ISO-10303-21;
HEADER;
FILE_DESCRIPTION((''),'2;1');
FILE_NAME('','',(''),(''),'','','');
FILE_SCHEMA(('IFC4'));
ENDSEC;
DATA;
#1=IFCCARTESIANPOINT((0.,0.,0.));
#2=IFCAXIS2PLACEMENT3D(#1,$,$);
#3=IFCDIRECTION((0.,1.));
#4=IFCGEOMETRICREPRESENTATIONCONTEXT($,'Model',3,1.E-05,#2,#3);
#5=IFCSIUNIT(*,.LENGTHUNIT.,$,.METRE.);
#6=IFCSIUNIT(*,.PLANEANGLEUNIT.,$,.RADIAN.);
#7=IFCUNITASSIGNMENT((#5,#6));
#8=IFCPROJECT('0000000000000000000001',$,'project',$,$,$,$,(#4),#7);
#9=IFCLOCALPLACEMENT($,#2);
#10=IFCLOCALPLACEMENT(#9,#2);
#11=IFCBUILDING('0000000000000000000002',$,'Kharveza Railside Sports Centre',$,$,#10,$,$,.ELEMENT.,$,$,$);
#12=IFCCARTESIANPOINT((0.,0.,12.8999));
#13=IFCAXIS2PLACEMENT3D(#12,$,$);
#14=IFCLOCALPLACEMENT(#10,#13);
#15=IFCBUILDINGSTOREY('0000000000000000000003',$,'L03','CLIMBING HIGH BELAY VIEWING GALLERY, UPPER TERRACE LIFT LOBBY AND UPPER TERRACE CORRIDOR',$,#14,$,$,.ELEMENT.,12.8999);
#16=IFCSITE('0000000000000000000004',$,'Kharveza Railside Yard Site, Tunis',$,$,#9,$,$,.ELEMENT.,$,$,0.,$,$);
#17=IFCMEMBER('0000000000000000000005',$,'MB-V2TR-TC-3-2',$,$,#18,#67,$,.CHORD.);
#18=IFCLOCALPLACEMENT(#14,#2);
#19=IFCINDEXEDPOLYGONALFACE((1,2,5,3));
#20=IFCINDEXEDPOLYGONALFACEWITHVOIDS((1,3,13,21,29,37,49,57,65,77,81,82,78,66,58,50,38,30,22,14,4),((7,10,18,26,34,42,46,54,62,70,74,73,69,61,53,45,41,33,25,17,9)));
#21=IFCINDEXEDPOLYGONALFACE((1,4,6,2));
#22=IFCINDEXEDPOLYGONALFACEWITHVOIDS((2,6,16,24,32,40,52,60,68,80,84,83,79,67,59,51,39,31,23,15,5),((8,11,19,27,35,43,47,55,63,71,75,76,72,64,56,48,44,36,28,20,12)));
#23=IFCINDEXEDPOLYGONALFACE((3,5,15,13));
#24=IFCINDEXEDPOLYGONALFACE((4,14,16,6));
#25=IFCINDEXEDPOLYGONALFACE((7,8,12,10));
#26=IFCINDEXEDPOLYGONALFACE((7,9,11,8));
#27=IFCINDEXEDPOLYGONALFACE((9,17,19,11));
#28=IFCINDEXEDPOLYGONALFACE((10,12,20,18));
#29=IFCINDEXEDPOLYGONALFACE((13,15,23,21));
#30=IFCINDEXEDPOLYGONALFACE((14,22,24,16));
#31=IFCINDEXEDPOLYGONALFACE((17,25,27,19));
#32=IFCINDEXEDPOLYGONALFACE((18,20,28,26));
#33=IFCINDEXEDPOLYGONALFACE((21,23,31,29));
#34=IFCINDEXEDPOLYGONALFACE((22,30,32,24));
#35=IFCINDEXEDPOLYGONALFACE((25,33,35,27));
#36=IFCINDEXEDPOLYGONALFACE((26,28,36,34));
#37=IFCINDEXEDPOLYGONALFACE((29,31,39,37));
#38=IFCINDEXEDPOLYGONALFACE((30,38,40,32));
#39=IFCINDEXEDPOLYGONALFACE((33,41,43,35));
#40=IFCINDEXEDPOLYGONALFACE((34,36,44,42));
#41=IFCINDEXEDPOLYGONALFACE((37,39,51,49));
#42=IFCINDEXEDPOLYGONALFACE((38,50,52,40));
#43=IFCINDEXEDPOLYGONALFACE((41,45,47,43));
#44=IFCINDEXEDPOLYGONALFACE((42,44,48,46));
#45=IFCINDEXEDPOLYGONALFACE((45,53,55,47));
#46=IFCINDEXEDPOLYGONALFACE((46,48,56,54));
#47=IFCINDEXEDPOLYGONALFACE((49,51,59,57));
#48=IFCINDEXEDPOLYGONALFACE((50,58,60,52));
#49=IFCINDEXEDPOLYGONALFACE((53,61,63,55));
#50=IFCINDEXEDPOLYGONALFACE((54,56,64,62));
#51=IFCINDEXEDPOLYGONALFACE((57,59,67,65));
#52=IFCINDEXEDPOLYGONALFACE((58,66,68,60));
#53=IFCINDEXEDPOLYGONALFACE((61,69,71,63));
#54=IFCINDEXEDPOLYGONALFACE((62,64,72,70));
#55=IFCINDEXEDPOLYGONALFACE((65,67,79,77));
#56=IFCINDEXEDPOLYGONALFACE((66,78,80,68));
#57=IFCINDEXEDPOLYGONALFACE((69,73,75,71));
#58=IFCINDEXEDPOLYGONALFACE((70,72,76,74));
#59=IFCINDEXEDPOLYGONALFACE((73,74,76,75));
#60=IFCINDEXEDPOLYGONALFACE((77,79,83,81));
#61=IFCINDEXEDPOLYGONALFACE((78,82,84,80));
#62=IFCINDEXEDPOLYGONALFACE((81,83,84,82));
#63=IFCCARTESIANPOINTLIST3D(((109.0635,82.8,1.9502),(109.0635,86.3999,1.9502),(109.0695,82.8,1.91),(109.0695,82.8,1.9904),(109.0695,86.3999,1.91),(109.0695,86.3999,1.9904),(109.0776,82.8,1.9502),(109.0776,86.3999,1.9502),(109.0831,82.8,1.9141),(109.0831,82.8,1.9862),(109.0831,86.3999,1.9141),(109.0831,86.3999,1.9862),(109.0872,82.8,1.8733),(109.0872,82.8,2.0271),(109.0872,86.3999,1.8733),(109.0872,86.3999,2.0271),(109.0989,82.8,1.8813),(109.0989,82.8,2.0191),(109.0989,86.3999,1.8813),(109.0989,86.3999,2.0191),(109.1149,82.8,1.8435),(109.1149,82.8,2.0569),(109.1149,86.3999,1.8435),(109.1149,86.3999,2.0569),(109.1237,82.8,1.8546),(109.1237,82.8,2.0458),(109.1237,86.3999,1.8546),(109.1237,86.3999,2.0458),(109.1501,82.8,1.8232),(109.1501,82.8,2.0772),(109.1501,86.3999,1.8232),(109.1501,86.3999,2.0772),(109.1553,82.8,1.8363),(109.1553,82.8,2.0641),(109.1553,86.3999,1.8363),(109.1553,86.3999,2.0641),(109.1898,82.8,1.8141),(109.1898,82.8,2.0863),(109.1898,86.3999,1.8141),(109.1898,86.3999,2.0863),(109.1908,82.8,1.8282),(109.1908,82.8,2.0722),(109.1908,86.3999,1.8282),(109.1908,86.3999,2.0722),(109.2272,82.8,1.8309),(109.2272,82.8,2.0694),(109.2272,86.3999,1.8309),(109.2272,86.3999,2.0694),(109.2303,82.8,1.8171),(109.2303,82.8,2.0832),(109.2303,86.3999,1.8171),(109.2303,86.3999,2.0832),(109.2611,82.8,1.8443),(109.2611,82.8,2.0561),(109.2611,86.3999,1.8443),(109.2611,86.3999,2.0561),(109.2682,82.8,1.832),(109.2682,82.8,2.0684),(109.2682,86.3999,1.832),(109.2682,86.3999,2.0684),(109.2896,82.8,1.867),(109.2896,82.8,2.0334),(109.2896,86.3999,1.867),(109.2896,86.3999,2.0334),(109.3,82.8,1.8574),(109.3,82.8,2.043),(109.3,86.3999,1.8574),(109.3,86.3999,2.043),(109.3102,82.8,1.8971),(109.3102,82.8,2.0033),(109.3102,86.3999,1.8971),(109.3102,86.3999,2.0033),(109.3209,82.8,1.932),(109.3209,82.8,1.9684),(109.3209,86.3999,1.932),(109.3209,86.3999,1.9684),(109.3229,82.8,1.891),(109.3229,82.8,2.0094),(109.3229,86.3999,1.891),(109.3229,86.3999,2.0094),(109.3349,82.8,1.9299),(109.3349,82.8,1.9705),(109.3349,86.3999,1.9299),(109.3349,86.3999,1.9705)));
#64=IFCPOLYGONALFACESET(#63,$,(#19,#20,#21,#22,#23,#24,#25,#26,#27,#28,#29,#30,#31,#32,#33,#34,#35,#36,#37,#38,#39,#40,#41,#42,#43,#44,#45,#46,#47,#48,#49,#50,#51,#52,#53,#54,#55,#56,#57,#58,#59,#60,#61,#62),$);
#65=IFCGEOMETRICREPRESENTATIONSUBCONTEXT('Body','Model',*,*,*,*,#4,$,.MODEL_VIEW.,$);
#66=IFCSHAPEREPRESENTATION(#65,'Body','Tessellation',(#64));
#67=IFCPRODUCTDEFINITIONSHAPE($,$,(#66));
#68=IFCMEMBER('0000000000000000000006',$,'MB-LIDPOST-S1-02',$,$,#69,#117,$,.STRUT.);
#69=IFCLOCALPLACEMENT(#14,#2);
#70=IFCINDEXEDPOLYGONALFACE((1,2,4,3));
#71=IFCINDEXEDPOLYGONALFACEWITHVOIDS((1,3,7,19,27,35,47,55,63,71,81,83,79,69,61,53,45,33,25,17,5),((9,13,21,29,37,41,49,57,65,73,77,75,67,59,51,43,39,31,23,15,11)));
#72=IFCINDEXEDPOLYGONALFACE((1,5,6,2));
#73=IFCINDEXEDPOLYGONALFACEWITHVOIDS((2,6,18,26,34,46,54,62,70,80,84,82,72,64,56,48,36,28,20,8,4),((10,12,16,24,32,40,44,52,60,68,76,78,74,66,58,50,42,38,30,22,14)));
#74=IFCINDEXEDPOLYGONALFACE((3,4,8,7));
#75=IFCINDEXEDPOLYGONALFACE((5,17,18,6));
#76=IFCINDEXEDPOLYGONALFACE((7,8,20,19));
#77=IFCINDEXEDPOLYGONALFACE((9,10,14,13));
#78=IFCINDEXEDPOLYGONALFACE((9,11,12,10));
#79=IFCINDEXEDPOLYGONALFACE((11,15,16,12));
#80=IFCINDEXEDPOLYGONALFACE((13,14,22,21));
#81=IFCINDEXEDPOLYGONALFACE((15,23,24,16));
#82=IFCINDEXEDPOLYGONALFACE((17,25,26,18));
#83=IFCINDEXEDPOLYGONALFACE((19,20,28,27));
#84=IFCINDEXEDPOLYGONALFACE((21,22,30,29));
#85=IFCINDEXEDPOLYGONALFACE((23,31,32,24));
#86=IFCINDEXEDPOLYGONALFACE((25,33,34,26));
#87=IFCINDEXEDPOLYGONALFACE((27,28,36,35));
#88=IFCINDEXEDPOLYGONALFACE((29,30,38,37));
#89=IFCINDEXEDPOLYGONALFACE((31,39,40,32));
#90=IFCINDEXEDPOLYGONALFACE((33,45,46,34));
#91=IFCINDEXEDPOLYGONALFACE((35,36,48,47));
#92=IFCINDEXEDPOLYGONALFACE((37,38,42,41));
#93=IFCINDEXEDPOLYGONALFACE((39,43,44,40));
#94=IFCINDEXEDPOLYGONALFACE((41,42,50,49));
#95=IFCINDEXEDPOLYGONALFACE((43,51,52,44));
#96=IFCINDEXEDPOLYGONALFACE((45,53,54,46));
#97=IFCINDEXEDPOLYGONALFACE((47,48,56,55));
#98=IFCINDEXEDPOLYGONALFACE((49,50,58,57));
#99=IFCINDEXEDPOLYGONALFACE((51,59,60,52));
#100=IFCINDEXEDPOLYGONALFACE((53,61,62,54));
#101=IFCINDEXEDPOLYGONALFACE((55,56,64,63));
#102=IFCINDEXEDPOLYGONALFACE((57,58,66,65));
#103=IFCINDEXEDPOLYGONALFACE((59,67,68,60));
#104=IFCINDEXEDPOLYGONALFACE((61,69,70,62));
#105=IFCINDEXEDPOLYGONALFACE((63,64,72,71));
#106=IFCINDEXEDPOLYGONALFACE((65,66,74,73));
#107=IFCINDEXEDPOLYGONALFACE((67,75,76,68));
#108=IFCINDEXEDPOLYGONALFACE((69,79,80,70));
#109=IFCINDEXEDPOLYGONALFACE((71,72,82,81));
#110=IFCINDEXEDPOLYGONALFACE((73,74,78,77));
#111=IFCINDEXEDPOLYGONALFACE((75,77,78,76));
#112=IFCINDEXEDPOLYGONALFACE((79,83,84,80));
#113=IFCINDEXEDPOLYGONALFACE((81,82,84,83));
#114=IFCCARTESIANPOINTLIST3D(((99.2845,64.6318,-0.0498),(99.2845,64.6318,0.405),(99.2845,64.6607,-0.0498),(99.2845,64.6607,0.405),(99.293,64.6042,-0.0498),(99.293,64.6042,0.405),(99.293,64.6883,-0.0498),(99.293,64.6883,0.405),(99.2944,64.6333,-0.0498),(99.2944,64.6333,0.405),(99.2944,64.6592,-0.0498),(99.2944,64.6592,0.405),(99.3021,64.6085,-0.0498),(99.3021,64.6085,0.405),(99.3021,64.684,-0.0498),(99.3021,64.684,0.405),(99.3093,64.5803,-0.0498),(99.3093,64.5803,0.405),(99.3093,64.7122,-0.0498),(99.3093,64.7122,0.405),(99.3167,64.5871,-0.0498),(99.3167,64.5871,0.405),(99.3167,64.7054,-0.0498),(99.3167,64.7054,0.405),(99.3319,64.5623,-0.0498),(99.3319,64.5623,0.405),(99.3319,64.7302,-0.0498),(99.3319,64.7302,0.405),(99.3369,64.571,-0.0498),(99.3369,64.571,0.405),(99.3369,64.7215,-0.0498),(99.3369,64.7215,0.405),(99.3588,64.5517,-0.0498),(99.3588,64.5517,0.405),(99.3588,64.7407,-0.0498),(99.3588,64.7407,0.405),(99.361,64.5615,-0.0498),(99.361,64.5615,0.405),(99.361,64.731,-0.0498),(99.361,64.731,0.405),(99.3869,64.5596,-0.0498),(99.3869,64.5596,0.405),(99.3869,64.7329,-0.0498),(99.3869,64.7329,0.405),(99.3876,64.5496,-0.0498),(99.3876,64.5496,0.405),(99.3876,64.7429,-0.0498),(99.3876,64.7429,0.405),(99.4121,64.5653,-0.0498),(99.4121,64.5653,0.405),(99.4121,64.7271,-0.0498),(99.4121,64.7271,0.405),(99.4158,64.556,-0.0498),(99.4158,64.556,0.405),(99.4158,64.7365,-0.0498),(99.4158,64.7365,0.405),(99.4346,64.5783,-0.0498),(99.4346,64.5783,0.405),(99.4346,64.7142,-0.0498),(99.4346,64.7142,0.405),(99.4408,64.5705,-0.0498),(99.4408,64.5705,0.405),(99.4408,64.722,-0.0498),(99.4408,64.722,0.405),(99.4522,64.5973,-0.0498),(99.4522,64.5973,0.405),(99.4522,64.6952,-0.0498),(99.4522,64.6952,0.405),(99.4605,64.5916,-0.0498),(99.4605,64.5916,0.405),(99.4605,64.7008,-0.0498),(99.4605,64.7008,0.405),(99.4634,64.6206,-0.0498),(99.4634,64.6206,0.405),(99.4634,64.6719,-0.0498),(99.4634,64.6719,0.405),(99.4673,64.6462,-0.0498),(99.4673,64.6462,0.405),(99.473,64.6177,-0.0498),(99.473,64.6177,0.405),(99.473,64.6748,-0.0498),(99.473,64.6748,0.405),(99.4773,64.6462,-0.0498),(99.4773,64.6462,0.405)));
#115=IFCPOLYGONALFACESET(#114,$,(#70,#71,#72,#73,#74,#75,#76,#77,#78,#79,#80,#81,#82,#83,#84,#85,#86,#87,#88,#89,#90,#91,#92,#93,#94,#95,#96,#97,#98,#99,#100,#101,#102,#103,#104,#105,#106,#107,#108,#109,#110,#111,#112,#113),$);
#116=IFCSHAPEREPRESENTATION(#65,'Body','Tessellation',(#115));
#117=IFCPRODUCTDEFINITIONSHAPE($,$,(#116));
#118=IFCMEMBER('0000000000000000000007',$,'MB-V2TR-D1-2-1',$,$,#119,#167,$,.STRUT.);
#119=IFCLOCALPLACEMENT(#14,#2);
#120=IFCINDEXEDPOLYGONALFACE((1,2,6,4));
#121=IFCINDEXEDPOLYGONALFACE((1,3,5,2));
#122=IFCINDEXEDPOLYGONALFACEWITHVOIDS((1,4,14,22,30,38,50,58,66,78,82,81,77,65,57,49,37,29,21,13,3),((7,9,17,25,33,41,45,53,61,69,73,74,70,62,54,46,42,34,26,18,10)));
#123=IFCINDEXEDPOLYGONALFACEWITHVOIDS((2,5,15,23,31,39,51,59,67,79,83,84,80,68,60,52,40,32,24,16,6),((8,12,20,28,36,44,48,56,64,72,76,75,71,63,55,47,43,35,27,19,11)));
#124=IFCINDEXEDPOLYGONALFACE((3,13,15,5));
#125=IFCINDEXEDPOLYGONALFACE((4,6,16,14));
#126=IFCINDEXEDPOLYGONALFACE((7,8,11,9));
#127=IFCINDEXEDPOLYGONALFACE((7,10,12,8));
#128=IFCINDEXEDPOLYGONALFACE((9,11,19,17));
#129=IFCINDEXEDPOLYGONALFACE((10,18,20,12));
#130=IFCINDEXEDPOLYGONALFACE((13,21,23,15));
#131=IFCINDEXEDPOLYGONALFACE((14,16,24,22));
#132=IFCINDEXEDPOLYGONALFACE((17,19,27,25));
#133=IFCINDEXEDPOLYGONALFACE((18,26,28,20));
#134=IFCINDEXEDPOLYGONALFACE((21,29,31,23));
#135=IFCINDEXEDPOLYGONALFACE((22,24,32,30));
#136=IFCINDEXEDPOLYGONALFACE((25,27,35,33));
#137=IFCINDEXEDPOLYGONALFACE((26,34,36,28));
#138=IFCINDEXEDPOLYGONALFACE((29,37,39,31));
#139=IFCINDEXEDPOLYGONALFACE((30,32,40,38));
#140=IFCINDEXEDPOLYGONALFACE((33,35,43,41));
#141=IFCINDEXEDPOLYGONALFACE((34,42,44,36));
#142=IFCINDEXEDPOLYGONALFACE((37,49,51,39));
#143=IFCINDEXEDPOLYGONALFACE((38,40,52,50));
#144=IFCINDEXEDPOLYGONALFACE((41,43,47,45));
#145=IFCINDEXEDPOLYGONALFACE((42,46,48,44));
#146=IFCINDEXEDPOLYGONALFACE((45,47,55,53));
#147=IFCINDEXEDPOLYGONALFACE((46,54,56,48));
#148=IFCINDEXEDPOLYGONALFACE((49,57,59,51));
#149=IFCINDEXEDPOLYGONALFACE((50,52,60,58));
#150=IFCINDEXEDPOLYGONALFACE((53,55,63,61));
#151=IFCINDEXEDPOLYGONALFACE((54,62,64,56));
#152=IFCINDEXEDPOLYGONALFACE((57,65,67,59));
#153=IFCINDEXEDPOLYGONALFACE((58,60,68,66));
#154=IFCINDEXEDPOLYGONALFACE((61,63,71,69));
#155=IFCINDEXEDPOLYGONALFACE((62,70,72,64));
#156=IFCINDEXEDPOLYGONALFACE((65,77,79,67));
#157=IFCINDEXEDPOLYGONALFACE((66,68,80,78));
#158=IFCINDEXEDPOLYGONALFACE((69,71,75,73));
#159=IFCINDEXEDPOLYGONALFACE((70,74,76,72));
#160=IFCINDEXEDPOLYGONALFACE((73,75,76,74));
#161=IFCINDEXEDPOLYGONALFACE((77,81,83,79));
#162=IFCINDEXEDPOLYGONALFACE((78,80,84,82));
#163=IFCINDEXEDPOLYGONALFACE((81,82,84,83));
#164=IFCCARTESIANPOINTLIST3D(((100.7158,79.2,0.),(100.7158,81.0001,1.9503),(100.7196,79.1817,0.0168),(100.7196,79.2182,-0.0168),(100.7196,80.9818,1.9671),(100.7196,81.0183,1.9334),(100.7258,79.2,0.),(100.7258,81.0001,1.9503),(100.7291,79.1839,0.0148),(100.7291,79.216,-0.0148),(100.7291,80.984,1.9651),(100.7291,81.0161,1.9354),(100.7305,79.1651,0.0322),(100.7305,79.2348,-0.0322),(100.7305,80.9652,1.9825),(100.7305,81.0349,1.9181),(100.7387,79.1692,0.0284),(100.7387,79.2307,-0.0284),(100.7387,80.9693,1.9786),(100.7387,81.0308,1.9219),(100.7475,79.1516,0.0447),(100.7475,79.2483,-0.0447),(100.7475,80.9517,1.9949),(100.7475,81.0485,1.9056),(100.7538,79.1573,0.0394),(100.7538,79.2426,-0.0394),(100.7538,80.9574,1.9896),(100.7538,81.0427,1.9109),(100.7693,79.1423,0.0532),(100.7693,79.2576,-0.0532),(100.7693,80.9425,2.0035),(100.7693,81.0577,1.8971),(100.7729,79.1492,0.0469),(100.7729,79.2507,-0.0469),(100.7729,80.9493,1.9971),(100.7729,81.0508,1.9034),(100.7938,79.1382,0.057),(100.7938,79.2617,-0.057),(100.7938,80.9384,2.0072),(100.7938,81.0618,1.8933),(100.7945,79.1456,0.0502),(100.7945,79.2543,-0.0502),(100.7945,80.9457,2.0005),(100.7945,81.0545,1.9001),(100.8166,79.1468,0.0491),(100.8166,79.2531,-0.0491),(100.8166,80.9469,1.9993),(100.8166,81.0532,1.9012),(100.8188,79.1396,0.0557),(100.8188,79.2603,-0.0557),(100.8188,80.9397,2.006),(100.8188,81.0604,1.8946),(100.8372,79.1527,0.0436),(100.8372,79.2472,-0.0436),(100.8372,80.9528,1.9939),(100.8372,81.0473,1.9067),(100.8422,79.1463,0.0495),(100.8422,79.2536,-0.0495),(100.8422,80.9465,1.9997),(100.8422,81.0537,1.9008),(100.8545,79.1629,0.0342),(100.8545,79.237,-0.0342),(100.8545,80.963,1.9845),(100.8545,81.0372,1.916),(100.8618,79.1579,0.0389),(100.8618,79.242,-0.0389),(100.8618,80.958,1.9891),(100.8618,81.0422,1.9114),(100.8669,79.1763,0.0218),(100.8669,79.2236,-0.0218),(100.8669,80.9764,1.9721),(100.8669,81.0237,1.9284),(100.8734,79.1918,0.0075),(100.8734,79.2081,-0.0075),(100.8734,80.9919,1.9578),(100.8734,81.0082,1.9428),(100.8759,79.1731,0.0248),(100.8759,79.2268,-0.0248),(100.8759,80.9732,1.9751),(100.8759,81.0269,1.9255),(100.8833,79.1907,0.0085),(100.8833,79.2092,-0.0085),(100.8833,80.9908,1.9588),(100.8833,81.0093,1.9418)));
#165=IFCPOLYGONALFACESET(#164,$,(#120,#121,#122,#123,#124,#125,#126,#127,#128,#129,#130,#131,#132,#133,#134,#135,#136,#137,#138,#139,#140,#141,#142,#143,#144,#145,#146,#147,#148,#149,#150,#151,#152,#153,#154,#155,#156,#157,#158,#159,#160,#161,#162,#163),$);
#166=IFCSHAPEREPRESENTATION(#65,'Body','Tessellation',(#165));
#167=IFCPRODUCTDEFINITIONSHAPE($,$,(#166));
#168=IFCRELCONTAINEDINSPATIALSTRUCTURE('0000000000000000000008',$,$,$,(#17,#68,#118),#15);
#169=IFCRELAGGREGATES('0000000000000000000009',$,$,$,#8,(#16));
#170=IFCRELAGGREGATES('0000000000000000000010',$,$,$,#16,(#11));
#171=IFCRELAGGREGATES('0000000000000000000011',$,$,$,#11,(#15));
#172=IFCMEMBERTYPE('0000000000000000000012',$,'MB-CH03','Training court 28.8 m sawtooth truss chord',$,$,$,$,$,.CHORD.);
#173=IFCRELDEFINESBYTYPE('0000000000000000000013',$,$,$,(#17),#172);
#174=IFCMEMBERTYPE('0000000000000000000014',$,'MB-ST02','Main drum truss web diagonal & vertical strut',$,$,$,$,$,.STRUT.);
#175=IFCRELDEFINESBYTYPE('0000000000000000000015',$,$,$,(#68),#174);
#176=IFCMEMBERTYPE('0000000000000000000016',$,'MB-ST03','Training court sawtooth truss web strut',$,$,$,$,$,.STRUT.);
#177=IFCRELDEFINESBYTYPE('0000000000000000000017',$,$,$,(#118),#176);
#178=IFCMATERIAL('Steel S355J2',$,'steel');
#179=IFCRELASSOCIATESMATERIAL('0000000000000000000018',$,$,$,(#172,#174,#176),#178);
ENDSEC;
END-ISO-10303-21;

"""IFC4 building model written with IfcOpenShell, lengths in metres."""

from ifc_helpers import new_model, si_unit, direction, frame, origin, origin_2d, place, context, subcontext, project, spatial, hollow_circle, extrude, material, material_profile, profile_set, type_object, element, save


model = new_model("IFC4")

# Units and contexts
model_context = context("Model", 3, precision=1e-05, world=origin(), true_north=direction((0.0, 1.0)))
body_context = subcontext(model_context, "Body", "Model", "MODEL_VIEW")
ifc_project = project(units=[si_unit("LENGTHUNIT", "METRE"), si_unit("PLANEANGLEUNIT", "RADIAN")], contexts=[model_context])

# Site, building, storey
site_placement = place(None, origin())
site = spatial("IfcSite", under=ifc_project, at=site_placement, Name="Kharveza Railside Yard Site, Tunis", CompositionType="ELEMENT", RefElevation=0.0)
building_placement = place(site_placement, origin())
building = spatial("IfcBuilding", under=site, at=building_placement, Name="Kharveza Railside Sports Centre", CompositionType="ELEMENT")
storey_placement = place(building_placement, frame((0.0, 0.0, 12.8999)))
storey = spatial("IfcBuildingStorey", under=building, at=storey_placement, Name="L03", Description="CLIMBING HIGH BELAY VIEWING GALLERY, UPPER TERRACE LIFT LOBBY AND UPPER TERRACE CORRIDOR", CompositionType="ELEMENT", Elevation=12.8999)

# Shared definitions
ifc_material_1 = material(Name="Steel S355J2", Category="steel")

# Members
ifc_material_profile_1 = material_profile(ifc_material_1, hollow_circle(Radius=0.1365, WallThickness=0.0142, at=origin_2d()), Name="CHS 273.0x14.2")
ifc_profile_set_1 = profile_set([ifc_material_profile_1], Name="Steel S355J2")
member_type_1 = type_object("IfcMemberType", Name="MB-CH03", Description="Training court 28.8 m sawtooth truss chord", PredefinedType="CHORD", material=ifc_profile_set_1)
for number, where, z_axis, x_axis, name in (
    (1, (109.2, 82.8, 1.9502), (0.0, 1.0, 0.0), (-1.0, 0.0, 0.0), "MB-V2TR-TC-3-2"),
):
    element("IfcMember", number, at=place(storey_placement, frame(where, z_axis=z_axis, x_axis=x_axis)), inside=storey, type_object=member_type_1, Name=name, PredefinedType="CHORD", context=body_context, shape_type="SweptSolid", body=[
        extrude(hollow_circle(Radius=0.1365, WallThickness=0.0142, at=origin_2d()), origin(), (0.0, 0.0, 1.0), 3.5999),
    ])
ifc_material_profile_2 = material_profile(ifc_material_1, hollow_circle(Radius=0.0969, WallThickness=0.01, at=origin_2d()), Name="CHS 193.7x10.0")
ifc_profile_set_2 = profile_set([ifc_material_profile_2], Name="Steel S355J2")
member_type_2 = type_object("IfcMemberType", Name="MB-ST02", Description="Main drum truss web diagonal & vertical strut", PredefinedType="STRUT", material=ifc_profile_set_2)
member_1_placement = place(storey_placement, frame((99.3804, 64.6462, -0.0498), z_axis=(0.0, 0.0, 1.0), x_axis=(1.0, 0.0, 0.0)))
element("IfcMember", 2, at=member_1_placement, inside=storey, type_object=member_type_2, Name="MB-LIDPOST-S1-02", PredefinedType="STRUT", context=body_context, shape_type="SweptSolid", body=[
    extrude(hollow_circle(Radius=0.0969, WallThickness=0.01, at=origin_2d()), origin(), (0.0, 0.0, 1.0), 0.4548),
])
ifc_material_profile_3 = material_profile(ifc_material_1, hollow_circle(Radius=0.0842, WallThickness=0.01, at=origin_2d()), Name="CHS 168.3x10.0")
ifc_profile_set_3 = profile_set([ifc_material_profile_3], Name="Steel S355J2")
member_type_3 = type_object("IfcMemberType", Name="MB-ST03", Description="Training court sawtooth truss web strut", PredefinedType="STRUT", material=ifc_profile_set_3)
for number, where, z_axis, x_axis, name in (
    (3, (100.8, 79.2, 0.0), (0.0, 0.678253, 0.734828), (-1.0, 0.0, 0.0), "MB-V2TR-D1-2-1"),
):
    element("IfcMember", number, at=place(storey_placement, frame(where, z_axis=z_axis, x_axis=x_axis)), inside=storey, type_object=member_type_3, Name=name, PredefinedType="STRUT", context=body_context, shape_type="SweptSolid", body=[
        extrude(hollow_circle(Radius=0.0842, WallThickness=0.01, at=origin_2d()), origin(), (0.0, 0.0, 1.0), 2.6541),
    ])

save(model, "model.ifc")
